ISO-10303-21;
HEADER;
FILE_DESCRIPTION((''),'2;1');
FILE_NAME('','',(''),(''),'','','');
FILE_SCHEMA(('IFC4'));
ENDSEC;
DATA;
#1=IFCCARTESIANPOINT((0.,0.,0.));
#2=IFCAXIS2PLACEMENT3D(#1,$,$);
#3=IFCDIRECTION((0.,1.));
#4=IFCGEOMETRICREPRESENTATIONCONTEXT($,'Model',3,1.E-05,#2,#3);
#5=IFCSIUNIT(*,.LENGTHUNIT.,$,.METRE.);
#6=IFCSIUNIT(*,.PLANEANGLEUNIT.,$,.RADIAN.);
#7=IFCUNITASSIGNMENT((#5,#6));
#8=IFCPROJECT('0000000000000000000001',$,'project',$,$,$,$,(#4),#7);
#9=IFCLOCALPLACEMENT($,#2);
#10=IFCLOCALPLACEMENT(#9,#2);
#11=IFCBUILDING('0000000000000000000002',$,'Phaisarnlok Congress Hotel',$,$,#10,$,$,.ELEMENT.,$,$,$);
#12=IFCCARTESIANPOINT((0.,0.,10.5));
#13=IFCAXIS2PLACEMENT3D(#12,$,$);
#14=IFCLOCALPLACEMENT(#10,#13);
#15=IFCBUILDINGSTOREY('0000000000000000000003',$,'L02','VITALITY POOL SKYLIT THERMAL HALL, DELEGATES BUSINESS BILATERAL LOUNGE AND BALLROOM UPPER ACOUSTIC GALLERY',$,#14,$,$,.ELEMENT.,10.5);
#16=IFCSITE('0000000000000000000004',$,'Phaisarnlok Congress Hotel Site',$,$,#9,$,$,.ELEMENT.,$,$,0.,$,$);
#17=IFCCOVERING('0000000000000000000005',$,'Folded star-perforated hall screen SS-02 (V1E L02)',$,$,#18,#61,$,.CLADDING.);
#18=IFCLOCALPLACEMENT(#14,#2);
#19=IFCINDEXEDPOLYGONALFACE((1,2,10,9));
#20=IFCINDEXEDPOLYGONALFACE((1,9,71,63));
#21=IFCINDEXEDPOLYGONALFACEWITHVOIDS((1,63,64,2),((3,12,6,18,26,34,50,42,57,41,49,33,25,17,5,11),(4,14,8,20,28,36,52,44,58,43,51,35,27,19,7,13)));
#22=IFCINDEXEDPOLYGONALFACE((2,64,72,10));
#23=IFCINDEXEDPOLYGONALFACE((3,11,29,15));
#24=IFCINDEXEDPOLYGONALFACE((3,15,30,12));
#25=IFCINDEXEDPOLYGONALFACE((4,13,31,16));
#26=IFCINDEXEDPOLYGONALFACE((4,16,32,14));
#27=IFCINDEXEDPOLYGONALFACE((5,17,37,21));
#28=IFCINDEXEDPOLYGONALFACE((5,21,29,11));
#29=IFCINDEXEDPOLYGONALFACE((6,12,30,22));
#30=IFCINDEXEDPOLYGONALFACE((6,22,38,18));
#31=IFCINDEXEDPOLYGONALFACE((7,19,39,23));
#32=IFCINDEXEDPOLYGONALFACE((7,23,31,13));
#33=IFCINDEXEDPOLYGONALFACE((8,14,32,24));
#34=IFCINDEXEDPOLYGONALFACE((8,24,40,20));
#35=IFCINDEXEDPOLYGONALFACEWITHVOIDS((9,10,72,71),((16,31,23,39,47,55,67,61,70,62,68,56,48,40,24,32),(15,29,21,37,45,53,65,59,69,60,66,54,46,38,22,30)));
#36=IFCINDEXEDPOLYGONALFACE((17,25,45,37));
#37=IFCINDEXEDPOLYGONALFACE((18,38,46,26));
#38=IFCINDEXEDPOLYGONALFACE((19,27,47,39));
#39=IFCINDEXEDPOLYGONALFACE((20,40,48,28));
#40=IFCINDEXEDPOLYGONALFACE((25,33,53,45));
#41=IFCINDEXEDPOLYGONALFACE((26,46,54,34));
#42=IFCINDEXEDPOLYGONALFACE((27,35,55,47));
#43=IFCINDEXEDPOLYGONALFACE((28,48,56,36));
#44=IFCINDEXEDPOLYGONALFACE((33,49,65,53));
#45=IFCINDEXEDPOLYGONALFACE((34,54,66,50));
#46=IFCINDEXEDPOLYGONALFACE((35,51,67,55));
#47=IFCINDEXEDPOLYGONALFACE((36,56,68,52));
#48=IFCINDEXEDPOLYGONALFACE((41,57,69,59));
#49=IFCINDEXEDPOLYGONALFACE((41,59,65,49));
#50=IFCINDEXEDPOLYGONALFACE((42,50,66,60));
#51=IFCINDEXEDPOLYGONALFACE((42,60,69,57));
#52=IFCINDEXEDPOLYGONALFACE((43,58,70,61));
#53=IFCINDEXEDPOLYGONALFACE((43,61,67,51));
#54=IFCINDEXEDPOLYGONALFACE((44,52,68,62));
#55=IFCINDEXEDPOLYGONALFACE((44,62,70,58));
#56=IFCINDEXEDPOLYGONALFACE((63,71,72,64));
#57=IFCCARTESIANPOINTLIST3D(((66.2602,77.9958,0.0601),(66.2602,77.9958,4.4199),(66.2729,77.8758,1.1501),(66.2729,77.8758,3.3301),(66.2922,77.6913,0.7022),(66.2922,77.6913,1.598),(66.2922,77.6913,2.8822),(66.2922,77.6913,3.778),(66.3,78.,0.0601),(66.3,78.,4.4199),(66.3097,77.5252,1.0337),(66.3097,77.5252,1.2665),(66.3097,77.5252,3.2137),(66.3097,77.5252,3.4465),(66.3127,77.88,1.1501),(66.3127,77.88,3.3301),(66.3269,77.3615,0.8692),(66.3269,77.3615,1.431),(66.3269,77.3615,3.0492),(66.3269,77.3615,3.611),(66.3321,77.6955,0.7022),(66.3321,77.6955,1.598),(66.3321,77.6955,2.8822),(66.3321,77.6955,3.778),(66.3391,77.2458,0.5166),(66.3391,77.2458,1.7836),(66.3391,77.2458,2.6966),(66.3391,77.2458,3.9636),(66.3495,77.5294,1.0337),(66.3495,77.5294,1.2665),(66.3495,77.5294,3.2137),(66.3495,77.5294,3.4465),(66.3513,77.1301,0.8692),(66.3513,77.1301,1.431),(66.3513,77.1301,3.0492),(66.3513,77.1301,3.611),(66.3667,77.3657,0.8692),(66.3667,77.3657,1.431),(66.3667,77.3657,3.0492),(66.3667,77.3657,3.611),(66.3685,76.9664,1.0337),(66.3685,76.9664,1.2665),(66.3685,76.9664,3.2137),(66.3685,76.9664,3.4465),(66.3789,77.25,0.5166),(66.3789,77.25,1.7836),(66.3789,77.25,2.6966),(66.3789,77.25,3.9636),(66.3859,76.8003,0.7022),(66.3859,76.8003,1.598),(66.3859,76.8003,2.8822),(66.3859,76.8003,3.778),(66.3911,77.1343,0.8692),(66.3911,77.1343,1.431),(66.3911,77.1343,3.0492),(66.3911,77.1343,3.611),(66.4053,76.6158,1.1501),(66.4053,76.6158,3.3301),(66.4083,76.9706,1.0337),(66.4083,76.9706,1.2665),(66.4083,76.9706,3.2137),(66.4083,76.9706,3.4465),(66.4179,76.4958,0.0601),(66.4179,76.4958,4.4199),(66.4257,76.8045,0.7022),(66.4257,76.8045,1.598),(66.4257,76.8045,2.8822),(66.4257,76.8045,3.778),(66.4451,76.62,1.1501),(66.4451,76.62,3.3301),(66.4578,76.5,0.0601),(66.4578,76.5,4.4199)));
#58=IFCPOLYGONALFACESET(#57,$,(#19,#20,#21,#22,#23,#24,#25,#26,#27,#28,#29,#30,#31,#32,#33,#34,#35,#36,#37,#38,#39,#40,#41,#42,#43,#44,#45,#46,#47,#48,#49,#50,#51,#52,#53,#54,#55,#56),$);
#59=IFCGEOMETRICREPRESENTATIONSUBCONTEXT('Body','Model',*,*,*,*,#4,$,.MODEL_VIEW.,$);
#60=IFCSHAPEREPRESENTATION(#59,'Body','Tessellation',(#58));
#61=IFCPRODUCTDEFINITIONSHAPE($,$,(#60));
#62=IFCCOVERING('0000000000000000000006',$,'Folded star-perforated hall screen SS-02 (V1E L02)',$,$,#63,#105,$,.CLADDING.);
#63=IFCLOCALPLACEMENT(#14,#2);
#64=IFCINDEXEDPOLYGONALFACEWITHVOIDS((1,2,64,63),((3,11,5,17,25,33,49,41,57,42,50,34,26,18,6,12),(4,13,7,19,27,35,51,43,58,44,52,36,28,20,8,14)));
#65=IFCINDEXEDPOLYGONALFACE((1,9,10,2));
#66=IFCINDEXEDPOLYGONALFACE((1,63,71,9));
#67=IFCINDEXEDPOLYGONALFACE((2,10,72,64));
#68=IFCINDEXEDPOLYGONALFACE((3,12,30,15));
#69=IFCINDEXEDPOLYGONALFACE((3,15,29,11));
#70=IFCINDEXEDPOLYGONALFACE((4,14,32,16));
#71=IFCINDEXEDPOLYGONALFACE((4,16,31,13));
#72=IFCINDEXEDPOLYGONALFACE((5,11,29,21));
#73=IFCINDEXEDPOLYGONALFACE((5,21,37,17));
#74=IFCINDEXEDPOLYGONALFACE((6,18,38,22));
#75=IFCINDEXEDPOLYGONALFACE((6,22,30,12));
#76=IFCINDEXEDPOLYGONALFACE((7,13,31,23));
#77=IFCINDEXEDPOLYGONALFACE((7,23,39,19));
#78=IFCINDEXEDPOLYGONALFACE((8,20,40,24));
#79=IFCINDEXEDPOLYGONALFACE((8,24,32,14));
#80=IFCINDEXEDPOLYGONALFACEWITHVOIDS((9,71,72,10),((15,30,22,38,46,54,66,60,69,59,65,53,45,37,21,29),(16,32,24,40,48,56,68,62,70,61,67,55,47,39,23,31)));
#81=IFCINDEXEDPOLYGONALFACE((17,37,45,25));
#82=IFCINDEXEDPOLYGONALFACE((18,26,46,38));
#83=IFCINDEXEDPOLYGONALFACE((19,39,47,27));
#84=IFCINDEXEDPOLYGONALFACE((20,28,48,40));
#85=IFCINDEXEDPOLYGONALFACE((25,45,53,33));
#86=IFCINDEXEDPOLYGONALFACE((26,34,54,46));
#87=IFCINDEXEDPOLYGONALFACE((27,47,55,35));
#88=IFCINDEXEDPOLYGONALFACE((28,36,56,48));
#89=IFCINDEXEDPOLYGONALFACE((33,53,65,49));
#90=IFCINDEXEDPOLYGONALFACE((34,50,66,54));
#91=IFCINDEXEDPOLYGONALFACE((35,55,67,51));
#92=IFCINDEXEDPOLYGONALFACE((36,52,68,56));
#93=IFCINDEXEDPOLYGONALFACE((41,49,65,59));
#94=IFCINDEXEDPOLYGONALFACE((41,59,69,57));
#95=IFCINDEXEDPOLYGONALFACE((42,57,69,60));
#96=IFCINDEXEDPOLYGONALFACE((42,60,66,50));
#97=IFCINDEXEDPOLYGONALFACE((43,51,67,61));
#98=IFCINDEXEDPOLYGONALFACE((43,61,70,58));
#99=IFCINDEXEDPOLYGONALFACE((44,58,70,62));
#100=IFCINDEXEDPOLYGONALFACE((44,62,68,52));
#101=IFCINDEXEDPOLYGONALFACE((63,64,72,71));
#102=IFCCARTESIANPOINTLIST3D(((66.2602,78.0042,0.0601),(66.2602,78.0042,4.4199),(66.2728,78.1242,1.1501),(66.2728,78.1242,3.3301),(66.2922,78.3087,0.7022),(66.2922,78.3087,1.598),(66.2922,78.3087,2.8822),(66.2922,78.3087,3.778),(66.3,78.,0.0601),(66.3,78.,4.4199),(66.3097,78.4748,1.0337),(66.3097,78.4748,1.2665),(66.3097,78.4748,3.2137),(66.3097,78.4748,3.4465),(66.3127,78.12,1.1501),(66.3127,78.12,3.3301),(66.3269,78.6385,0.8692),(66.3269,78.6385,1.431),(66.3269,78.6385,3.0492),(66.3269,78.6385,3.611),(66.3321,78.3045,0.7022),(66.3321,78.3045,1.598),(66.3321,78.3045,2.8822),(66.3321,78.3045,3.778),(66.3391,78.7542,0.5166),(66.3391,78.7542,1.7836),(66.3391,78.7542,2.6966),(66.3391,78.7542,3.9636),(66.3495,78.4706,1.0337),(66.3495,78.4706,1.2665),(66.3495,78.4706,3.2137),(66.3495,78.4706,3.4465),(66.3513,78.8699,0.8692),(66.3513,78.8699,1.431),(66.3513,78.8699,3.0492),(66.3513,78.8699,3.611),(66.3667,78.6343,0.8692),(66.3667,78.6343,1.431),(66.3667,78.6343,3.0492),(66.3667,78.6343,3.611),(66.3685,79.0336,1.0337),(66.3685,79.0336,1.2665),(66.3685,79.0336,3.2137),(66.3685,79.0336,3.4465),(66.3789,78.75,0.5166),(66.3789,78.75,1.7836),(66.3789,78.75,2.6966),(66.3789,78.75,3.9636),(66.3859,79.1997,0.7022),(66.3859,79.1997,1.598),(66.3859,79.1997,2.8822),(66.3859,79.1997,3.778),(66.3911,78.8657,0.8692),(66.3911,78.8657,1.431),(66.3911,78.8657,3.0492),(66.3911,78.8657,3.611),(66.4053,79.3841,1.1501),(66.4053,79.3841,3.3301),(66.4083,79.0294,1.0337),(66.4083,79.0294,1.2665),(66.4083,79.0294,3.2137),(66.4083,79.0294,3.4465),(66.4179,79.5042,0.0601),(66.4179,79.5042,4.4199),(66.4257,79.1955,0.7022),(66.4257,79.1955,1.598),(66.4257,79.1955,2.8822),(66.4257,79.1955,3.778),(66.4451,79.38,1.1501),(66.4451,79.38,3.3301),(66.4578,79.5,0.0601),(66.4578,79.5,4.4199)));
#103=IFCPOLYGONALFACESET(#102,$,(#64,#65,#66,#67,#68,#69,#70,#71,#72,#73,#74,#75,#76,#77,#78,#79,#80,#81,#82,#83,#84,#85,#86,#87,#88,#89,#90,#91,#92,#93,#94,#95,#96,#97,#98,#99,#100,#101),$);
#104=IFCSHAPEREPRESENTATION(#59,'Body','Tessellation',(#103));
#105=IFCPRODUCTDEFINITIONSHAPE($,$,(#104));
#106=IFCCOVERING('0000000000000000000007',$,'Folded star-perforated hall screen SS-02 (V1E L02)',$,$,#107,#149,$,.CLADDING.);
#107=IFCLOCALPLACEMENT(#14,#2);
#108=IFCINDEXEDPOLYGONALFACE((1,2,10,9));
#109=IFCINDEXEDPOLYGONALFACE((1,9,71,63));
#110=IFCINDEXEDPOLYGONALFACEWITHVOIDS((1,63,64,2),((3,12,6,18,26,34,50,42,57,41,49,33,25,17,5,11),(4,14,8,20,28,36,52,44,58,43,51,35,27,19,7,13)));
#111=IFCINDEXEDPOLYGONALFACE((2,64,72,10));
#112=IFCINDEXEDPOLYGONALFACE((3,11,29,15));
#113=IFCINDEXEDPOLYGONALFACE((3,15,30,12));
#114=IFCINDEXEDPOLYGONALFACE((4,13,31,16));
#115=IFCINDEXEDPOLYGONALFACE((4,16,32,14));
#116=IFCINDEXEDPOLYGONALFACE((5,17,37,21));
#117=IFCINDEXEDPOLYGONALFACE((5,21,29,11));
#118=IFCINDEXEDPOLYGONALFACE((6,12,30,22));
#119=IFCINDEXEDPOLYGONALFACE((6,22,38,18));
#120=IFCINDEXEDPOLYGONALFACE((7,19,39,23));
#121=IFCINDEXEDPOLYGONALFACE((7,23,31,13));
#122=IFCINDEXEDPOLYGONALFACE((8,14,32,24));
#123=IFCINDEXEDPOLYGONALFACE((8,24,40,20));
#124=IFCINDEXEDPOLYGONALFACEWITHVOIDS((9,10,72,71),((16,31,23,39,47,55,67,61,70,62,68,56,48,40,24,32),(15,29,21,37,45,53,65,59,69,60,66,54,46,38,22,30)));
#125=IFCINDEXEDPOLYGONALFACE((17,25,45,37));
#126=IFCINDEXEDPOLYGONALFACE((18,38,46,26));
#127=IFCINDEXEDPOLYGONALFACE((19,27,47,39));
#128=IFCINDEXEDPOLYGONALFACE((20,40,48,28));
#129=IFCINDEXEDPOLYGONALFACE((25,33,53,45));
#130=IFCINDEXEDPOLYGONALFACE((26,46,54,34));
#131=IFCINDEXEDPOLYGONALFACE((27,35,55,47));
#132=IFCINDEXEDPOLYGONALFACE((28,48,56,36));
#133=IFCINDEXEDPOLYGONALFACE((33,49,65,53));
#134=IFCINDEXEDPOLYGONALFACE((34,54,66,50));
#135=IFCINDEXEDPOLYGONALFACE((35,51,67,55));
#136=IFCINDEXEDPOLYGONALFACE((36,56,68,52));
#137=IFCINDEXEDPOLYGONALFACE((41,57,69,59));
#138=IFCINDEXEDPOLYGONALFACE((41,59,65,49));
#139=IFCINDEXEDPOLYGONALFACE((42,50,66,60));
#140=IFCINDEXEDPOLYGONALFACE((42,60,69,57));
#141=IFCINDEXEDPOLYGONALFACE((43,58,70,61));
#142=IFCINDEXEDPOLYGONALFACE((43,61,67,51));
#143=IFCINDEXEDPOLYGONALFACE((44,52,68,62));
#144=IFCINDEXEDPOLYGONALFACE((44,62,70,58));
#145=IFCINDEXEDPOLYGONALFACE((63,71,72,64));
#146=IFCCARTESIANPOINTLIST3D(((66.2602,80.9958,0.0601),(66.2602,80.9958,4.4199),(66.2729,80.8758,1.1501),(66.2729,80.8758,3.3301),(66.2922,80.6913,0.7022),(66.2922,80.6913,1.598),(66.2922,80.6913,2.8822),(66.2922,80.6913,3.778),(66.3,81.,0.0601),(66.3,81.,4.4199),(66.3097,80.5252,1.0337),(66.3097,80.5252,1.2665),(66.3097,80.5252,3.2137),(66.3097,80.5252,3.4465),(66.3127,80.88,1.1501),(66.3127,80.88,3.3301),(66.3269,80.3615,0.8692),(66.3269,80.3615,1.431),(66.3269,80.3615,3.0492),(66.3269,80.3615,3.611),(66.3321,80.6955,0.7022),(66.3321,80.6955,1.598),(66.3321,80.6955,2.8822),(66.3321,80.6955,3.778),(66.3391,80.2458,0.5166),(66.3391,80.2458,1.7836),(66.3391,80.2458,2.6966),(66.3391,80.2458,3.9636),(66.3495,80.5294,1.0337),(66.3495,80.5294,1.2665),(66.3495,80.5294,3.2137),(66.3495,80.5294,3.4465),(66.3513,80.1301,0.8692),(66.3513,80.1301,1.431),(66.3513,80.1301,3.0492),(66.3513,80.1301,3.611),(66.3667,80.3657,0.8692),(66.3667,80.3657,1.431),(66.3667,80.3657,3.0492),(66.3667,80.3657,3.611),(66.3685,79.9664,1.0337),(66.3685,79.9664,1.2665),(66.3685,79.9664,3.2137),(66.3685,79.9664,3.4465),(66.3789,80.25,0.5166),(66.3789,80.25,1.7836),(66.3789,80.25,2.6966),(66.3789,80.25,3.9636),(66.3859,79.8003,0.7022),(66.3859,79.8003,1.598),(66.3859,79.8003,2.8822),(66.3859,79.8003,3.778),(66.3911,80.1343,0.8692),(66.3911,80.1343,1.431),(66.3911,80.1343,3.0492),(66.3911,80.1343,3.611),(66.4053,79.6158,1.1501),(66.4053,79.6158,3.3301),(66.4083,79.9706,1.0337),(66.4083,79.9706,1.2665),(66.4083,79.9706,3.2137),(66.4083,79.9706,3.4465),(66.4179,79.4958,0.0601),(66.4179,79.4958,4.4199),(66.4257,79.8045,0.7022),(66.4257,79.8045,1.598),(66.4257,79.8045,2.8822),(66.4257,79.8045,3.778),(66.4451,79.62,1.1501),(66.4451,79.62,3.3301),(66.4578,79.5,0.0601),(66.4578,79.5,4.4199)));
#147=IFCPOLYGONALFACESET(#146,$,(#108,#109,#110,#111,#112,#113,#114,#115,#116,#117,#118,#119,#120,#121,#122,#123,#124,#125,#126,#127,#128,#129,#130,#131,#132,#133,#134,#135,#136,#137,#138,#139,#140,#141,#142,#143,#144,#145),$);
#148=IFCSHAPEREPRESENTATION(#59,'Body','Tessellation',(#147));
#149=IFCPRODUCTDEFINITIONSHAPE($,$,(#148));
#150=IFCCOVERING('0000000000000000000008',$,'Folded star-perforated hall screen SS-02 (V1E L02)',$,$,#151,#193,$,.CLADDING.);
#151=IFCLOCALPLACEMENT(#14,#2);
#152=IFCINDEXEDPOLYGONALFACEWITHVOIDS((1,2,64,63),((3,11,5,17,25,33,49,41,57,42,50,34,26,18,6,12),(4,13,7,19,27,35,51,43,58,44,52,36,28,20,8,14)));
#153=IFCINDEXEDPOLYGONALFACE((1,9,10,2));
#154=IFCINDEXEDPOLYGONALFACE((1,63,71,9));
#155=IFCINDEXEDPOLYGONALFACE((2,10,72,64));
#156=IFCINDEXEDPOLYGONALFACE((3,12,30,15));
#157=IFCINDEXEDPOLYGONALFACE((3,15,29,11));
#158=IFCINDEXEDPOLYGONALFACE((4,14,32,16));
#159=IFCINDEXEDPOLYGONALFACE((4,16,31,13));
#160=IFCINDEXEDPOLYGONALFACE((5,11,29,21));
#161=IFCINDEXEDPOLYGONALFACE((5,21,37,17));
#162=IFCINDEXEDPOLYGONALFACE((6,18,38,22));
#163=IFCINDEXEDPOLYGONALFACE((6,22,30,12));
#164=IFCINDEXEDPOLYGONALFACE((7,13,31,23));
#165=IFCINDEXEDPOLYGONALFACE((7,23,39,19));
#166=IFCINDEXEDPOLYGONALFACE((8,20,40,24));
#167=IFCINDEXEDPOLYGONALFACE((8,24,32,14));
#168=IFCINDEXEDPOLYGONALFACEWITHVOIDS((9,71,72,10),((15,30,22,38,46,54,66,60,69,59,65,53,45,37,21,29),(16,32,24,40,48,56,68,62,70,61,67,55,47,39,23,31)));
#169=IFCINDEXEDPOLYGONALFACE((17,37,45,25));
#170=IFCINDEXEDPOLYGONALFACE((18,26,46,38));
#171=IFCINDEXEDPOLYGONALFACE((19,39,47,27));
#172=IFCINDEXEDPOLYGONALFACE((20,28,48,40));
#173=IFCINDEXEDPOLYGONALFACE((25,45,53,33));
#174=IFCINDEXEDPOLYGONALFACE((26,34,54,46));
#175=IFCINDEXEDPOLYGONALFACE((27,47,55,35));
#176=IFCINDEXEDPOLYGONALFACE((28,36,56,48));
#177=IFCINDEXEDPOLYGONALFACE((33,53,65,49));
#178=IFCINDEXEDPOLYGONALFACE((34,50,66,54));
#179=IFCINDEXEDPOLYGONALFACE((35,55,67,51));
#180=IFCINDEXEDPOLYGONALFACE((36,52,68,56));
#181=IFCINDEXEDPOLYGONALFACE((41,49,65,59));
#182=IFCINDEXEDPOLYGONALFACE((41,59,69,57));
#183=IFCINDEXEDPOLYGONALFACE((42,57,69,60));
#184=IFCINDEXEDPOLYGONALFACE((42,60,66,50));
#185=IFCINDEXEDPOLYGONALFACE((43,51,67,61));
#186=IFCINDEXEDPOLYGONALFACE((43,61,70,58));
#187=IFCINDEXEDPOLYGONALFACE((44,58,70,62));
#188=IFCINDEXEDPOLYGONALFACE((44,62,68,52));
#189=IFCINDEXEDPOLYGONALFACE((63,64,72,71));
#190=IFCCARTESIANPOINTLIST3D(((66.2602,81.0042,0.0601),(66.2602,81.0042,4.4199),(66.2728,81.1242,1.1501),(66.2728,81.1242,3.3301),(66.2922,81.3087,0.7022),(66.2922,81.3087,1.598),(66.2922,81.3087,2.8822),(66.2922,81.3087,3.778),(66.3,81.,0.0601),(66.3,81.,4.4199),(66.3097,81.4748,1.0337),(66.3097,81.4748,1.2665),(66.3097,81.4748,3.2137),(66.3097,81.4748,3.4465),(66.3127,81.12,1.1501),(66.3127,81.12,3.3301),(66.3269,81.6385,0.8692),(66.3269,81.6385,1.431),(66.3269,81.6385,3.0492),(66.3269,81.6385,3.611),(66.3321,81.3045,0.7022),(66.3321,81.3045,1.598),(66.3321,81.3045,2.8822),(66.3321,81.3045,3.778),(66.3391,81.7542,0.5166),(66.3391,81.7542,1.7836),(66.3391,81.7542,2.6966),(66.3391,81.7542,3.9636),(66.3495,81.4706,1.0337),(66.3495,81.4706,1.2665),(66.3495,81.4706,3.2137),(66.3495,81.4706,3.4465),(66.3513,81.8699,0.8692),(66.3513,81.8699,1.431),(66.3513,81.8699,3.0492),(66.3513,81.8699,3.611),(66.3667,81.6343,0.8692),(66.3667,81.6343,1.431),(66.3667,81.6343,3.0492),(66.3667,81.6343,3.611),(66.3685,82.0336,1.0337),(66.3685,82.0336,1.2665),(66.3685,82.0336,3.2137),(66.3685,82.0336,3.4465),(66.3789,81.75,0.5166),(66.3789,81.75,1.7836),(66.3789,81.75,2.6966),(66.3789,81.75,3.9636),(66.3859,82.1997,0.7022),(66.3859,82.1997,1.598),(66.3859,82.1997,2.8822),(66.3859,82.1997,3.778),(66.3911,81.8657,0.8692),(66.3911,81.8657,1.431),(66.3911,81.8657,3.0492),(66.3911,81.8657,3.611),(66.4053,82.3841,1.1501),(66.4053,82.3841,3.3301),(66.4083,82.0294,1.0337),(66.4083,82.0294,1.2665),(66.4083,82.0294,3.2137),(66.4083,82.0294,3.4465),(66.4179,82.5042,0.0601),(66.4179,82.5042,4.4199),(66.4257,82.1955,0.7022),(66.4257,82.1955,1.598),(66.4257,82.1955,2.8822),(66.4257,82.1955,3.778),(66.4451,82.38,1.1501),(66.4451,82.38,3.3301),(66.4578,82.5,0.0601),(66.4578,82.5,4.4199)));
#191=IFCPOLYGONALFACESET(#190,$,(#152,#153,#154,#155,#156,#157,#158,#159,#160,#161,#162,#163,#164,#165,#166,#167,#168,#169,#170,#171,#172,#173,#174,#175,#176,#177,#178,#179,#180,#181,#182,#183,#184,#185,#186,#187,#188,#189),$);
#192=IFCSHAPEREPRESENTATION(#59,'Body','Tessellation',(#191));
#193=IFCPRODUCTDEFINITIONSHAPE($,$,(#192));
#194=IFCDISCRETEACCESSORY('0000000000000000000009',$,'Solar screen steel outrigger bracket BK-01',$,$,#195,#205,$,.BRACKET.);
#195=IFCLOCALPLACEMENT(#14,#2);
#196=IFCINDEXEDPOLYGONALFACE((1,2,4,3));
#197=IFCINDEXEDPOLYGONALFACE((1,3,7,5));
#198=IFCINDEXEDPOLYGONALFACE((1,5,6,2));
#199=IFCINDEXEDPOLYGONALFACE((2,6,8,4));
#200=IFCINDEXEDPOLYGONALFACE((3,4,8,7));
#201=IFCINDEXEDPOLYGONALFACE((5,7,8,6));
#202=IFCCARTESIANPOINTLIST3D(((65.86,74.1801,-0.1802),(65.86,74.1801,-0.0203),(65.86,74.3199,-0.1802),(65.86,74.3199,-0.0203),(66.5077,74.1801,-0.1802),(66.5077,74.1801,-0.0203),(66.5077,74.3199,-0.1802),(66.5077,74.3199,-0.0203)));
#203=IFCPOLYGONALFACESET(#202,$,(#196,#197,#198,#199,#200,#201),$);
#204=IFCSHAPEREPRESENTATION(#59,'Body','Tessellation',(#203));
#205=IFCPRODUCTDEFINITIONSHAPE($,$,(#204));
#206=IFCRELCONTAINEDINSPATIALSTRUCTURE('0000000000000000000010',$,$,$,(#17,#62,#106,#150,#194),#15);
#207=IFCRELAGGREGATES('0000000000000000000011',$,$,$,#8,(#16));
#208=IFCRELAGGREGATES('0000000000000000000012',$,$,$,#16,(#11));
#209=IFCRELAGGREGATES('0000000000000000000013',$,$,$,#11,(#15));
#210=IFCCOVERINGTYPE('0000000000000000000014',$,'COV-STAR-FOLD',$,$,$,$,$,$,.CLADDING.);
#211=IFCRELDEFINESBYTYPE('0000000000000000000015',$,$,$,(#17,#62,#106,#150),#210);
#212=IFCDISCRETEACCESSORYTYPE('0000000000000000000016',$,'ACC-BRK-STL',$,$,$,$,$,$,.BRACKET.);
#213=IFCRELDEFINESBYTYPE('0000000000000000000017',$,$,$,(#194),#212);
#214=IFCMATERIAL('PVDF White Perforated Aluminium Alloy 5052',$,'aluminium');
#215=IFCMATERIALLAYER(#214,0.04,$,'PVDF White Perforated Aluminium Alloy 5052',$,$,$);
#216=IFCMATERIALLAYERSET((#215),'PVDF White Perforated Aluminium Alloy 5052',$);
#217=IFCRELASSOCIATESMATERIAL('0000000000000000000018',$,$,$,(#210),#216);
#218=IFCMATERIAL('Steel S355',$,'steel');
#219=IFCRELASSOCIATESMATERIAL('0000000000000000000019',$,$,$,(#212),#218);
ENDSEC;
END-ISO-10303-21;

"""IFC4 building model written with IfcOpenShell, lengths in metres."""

from ifc_helpers import new_model, si_unit, direction, frame, origin, origin_2d, place, context, subcontext, project, spatial, polyline, rectangle, outline, extrude, material, layer, layer_set, type_object, element, save


model = new_model("IFC4")

# Units and contexts
model_context = context("Model", 3, precision=1e-05, world=origin(), true_north=direction((0.0, 1.0)))
body_context = subcontext(model_context, "Body", "Model", "MODEL_VIEW")
ifc_project = project(units=[si_unit("LENGTHUNIT", "METRE"), si_unit("PLANEANGLEUNIT", "RADIAN")], contexts=[model_context])

# Site, building, storey
site_placement = place(None, origin())
site = spatial("IfcSite", under=ifc_project, at=site_placement, Name="Phaisarnlok Congress Hotel Site", CompositionType="ELEMENT", RefElevation=0.0)
building_placement = place(site_placement, origin())
building = spatial("IfcBuilding", under=site, at=building_placement, Name="Phaisarnlok Congress Hotel", CompositionType="ELEMENT")
storey_placement = place(building_placement, frame((0.0, 0.0, 10.5)))
storey = spatial("IfcBuildingStorey", under=building, at=storey_placement, Name="L02", Description="VITALITY POOL SKYLIT THERMAL HALL, DELEGATES BUSINESS BILATERAL LOUNGE AND BALLROOM UPPER ACOUSTIC GALLERY", CompositionType="ELEMENT", Elevation=10.5)

# Coverings
ifc_material_1 = material(Name="PVDF White Perforated Aluminium Alloy 5052", Category="aluminium")
ifc_layer = layer(ifc_material_1, 0.04, Name="PVDF White Perforated Aluminium Alloy 5052")
ifc_layer_set = layer_set([ifc_layer], Name="PVDF White Perforated Aluminium Alloy 5052")
covering_type = type_object("IfcCoveringType", Name="COV-STAR-FOLD", PredefinedType="CLADDING", material=ifc_layer_set)
for number, where, z_axis, x_axis, name in (
    (1, (66.3, 78.0, 0.0601), (-0.994518, -0.104567, 0.0), (0.104567, -0.994518, 0.0), "Folded star-perforated hall screen SS-02 (V1E L02)"),
    (2, (66.4578, 79.5, 0.0601), (-0.994518, 0.104567, 0.0), (-0.104567, -0.994518, 0.0), "Folded star-perforated hall screen SS-02 (V1E L02)"),
    (3, (66.3, 81.0, 0.0601), (-0.994518, -0.104567, 0.0), (0.104567, -0.994518, 0.0), "Folded star-perforated hall screen SS-02 (V1E L02)"),
    (4, (66.4578, 82.5, 0.0601), (-0.994518, 0.104567, 0.0), (-0.104567, -0.994518, 0.0), "Folded star-perforated hall screen SS-02 (V1E L02)"),
):
    element("IfcCovering", number, at=place(storey_placement, frame(where, z_axis=z_axis, x_axis=x_axis)), inside=storey, type_object=covering_type, Name=name, PredefinedType="CLADDING", context=body_context, shape_type="SweptSolid", body=[
        extrude(outline(polyline([(0.0, 0.0), (1.5083, 0.0), (1.5083, 4.3599), (0.0, 4.3599), (0.0, 0.0)]), holes=[polyline([(1.0351, 0.9736), (1.2021, 0.6421), (0.8705, 0.8091), (0.7541, 0.4565), (0.6378, 0.8091), (0.3062, 0.6421), (0.4732, 0.9736), (0.1207, 1.09), (0.4732, 1.2064), (0.3062, 1.5379), (0.6378, 1.3709), (0.7541, 1.7235), (0.8705, 1.3709), (1.2021, 1.5379), (1.0351, 1.2064), (1.3876, 1.09), (1.0351, 0.9736)]), polyline([(1.0351, 3.1536), (1.2021, 2.8221), (0.8705, 2.9891), (0.7541, 2.6365), (0.6378, 2.9891), (0.3062, 2.8221), (0.4732, 3.1536), (0.1207, 3.27), (0.4732, 3.3864), (0.3062, 3.7179), (0.6378, 3.5509), (0.7541, 3.9035), (0.8705, 3.5509), (1.2021, 3.7179), (1.0351, 3.3864), (1.3876, 3.27), (1.0351, 3.1536)])]), origin(), (0.0, 0.0, 1.0), 0.04),
    ])

# Discrete accessory
ifc_material_2 = material(Name="Steel S355", Category="steel")
discrete_accessory_type = type_object("IfcDiscreteAccessoryType", Name="ACC-BRK-STL", PredefinedType="BRACKET", material=ifc_material_2)
for number, where, z_axis, x_axis, name in (
    (5, (66.1838, 74.25, -0.1802), (0.0, 0.0, 1.0), (1.0, 0.0, 0.0), "Solar screen steel outrigger bracket BK-01"),
):
    element("IfcDiscreteAccessory", number, at=place(storey_placement, frame(where, z_axis=z_axis, x_axis=x_axis)), inside=storey, type_object=discrete_accessory_type, Name=name, PredefinedType="BRACKET", context=body_context, shape_type="SweptSolid", body=[
        extrude(rectangle(XDim=0.6477, YDim=0.1399, at=origin_2d()), origin(), (0.0, 0.0, 1.0), 0.1599),
    ])

save(model, "model.ifc")
